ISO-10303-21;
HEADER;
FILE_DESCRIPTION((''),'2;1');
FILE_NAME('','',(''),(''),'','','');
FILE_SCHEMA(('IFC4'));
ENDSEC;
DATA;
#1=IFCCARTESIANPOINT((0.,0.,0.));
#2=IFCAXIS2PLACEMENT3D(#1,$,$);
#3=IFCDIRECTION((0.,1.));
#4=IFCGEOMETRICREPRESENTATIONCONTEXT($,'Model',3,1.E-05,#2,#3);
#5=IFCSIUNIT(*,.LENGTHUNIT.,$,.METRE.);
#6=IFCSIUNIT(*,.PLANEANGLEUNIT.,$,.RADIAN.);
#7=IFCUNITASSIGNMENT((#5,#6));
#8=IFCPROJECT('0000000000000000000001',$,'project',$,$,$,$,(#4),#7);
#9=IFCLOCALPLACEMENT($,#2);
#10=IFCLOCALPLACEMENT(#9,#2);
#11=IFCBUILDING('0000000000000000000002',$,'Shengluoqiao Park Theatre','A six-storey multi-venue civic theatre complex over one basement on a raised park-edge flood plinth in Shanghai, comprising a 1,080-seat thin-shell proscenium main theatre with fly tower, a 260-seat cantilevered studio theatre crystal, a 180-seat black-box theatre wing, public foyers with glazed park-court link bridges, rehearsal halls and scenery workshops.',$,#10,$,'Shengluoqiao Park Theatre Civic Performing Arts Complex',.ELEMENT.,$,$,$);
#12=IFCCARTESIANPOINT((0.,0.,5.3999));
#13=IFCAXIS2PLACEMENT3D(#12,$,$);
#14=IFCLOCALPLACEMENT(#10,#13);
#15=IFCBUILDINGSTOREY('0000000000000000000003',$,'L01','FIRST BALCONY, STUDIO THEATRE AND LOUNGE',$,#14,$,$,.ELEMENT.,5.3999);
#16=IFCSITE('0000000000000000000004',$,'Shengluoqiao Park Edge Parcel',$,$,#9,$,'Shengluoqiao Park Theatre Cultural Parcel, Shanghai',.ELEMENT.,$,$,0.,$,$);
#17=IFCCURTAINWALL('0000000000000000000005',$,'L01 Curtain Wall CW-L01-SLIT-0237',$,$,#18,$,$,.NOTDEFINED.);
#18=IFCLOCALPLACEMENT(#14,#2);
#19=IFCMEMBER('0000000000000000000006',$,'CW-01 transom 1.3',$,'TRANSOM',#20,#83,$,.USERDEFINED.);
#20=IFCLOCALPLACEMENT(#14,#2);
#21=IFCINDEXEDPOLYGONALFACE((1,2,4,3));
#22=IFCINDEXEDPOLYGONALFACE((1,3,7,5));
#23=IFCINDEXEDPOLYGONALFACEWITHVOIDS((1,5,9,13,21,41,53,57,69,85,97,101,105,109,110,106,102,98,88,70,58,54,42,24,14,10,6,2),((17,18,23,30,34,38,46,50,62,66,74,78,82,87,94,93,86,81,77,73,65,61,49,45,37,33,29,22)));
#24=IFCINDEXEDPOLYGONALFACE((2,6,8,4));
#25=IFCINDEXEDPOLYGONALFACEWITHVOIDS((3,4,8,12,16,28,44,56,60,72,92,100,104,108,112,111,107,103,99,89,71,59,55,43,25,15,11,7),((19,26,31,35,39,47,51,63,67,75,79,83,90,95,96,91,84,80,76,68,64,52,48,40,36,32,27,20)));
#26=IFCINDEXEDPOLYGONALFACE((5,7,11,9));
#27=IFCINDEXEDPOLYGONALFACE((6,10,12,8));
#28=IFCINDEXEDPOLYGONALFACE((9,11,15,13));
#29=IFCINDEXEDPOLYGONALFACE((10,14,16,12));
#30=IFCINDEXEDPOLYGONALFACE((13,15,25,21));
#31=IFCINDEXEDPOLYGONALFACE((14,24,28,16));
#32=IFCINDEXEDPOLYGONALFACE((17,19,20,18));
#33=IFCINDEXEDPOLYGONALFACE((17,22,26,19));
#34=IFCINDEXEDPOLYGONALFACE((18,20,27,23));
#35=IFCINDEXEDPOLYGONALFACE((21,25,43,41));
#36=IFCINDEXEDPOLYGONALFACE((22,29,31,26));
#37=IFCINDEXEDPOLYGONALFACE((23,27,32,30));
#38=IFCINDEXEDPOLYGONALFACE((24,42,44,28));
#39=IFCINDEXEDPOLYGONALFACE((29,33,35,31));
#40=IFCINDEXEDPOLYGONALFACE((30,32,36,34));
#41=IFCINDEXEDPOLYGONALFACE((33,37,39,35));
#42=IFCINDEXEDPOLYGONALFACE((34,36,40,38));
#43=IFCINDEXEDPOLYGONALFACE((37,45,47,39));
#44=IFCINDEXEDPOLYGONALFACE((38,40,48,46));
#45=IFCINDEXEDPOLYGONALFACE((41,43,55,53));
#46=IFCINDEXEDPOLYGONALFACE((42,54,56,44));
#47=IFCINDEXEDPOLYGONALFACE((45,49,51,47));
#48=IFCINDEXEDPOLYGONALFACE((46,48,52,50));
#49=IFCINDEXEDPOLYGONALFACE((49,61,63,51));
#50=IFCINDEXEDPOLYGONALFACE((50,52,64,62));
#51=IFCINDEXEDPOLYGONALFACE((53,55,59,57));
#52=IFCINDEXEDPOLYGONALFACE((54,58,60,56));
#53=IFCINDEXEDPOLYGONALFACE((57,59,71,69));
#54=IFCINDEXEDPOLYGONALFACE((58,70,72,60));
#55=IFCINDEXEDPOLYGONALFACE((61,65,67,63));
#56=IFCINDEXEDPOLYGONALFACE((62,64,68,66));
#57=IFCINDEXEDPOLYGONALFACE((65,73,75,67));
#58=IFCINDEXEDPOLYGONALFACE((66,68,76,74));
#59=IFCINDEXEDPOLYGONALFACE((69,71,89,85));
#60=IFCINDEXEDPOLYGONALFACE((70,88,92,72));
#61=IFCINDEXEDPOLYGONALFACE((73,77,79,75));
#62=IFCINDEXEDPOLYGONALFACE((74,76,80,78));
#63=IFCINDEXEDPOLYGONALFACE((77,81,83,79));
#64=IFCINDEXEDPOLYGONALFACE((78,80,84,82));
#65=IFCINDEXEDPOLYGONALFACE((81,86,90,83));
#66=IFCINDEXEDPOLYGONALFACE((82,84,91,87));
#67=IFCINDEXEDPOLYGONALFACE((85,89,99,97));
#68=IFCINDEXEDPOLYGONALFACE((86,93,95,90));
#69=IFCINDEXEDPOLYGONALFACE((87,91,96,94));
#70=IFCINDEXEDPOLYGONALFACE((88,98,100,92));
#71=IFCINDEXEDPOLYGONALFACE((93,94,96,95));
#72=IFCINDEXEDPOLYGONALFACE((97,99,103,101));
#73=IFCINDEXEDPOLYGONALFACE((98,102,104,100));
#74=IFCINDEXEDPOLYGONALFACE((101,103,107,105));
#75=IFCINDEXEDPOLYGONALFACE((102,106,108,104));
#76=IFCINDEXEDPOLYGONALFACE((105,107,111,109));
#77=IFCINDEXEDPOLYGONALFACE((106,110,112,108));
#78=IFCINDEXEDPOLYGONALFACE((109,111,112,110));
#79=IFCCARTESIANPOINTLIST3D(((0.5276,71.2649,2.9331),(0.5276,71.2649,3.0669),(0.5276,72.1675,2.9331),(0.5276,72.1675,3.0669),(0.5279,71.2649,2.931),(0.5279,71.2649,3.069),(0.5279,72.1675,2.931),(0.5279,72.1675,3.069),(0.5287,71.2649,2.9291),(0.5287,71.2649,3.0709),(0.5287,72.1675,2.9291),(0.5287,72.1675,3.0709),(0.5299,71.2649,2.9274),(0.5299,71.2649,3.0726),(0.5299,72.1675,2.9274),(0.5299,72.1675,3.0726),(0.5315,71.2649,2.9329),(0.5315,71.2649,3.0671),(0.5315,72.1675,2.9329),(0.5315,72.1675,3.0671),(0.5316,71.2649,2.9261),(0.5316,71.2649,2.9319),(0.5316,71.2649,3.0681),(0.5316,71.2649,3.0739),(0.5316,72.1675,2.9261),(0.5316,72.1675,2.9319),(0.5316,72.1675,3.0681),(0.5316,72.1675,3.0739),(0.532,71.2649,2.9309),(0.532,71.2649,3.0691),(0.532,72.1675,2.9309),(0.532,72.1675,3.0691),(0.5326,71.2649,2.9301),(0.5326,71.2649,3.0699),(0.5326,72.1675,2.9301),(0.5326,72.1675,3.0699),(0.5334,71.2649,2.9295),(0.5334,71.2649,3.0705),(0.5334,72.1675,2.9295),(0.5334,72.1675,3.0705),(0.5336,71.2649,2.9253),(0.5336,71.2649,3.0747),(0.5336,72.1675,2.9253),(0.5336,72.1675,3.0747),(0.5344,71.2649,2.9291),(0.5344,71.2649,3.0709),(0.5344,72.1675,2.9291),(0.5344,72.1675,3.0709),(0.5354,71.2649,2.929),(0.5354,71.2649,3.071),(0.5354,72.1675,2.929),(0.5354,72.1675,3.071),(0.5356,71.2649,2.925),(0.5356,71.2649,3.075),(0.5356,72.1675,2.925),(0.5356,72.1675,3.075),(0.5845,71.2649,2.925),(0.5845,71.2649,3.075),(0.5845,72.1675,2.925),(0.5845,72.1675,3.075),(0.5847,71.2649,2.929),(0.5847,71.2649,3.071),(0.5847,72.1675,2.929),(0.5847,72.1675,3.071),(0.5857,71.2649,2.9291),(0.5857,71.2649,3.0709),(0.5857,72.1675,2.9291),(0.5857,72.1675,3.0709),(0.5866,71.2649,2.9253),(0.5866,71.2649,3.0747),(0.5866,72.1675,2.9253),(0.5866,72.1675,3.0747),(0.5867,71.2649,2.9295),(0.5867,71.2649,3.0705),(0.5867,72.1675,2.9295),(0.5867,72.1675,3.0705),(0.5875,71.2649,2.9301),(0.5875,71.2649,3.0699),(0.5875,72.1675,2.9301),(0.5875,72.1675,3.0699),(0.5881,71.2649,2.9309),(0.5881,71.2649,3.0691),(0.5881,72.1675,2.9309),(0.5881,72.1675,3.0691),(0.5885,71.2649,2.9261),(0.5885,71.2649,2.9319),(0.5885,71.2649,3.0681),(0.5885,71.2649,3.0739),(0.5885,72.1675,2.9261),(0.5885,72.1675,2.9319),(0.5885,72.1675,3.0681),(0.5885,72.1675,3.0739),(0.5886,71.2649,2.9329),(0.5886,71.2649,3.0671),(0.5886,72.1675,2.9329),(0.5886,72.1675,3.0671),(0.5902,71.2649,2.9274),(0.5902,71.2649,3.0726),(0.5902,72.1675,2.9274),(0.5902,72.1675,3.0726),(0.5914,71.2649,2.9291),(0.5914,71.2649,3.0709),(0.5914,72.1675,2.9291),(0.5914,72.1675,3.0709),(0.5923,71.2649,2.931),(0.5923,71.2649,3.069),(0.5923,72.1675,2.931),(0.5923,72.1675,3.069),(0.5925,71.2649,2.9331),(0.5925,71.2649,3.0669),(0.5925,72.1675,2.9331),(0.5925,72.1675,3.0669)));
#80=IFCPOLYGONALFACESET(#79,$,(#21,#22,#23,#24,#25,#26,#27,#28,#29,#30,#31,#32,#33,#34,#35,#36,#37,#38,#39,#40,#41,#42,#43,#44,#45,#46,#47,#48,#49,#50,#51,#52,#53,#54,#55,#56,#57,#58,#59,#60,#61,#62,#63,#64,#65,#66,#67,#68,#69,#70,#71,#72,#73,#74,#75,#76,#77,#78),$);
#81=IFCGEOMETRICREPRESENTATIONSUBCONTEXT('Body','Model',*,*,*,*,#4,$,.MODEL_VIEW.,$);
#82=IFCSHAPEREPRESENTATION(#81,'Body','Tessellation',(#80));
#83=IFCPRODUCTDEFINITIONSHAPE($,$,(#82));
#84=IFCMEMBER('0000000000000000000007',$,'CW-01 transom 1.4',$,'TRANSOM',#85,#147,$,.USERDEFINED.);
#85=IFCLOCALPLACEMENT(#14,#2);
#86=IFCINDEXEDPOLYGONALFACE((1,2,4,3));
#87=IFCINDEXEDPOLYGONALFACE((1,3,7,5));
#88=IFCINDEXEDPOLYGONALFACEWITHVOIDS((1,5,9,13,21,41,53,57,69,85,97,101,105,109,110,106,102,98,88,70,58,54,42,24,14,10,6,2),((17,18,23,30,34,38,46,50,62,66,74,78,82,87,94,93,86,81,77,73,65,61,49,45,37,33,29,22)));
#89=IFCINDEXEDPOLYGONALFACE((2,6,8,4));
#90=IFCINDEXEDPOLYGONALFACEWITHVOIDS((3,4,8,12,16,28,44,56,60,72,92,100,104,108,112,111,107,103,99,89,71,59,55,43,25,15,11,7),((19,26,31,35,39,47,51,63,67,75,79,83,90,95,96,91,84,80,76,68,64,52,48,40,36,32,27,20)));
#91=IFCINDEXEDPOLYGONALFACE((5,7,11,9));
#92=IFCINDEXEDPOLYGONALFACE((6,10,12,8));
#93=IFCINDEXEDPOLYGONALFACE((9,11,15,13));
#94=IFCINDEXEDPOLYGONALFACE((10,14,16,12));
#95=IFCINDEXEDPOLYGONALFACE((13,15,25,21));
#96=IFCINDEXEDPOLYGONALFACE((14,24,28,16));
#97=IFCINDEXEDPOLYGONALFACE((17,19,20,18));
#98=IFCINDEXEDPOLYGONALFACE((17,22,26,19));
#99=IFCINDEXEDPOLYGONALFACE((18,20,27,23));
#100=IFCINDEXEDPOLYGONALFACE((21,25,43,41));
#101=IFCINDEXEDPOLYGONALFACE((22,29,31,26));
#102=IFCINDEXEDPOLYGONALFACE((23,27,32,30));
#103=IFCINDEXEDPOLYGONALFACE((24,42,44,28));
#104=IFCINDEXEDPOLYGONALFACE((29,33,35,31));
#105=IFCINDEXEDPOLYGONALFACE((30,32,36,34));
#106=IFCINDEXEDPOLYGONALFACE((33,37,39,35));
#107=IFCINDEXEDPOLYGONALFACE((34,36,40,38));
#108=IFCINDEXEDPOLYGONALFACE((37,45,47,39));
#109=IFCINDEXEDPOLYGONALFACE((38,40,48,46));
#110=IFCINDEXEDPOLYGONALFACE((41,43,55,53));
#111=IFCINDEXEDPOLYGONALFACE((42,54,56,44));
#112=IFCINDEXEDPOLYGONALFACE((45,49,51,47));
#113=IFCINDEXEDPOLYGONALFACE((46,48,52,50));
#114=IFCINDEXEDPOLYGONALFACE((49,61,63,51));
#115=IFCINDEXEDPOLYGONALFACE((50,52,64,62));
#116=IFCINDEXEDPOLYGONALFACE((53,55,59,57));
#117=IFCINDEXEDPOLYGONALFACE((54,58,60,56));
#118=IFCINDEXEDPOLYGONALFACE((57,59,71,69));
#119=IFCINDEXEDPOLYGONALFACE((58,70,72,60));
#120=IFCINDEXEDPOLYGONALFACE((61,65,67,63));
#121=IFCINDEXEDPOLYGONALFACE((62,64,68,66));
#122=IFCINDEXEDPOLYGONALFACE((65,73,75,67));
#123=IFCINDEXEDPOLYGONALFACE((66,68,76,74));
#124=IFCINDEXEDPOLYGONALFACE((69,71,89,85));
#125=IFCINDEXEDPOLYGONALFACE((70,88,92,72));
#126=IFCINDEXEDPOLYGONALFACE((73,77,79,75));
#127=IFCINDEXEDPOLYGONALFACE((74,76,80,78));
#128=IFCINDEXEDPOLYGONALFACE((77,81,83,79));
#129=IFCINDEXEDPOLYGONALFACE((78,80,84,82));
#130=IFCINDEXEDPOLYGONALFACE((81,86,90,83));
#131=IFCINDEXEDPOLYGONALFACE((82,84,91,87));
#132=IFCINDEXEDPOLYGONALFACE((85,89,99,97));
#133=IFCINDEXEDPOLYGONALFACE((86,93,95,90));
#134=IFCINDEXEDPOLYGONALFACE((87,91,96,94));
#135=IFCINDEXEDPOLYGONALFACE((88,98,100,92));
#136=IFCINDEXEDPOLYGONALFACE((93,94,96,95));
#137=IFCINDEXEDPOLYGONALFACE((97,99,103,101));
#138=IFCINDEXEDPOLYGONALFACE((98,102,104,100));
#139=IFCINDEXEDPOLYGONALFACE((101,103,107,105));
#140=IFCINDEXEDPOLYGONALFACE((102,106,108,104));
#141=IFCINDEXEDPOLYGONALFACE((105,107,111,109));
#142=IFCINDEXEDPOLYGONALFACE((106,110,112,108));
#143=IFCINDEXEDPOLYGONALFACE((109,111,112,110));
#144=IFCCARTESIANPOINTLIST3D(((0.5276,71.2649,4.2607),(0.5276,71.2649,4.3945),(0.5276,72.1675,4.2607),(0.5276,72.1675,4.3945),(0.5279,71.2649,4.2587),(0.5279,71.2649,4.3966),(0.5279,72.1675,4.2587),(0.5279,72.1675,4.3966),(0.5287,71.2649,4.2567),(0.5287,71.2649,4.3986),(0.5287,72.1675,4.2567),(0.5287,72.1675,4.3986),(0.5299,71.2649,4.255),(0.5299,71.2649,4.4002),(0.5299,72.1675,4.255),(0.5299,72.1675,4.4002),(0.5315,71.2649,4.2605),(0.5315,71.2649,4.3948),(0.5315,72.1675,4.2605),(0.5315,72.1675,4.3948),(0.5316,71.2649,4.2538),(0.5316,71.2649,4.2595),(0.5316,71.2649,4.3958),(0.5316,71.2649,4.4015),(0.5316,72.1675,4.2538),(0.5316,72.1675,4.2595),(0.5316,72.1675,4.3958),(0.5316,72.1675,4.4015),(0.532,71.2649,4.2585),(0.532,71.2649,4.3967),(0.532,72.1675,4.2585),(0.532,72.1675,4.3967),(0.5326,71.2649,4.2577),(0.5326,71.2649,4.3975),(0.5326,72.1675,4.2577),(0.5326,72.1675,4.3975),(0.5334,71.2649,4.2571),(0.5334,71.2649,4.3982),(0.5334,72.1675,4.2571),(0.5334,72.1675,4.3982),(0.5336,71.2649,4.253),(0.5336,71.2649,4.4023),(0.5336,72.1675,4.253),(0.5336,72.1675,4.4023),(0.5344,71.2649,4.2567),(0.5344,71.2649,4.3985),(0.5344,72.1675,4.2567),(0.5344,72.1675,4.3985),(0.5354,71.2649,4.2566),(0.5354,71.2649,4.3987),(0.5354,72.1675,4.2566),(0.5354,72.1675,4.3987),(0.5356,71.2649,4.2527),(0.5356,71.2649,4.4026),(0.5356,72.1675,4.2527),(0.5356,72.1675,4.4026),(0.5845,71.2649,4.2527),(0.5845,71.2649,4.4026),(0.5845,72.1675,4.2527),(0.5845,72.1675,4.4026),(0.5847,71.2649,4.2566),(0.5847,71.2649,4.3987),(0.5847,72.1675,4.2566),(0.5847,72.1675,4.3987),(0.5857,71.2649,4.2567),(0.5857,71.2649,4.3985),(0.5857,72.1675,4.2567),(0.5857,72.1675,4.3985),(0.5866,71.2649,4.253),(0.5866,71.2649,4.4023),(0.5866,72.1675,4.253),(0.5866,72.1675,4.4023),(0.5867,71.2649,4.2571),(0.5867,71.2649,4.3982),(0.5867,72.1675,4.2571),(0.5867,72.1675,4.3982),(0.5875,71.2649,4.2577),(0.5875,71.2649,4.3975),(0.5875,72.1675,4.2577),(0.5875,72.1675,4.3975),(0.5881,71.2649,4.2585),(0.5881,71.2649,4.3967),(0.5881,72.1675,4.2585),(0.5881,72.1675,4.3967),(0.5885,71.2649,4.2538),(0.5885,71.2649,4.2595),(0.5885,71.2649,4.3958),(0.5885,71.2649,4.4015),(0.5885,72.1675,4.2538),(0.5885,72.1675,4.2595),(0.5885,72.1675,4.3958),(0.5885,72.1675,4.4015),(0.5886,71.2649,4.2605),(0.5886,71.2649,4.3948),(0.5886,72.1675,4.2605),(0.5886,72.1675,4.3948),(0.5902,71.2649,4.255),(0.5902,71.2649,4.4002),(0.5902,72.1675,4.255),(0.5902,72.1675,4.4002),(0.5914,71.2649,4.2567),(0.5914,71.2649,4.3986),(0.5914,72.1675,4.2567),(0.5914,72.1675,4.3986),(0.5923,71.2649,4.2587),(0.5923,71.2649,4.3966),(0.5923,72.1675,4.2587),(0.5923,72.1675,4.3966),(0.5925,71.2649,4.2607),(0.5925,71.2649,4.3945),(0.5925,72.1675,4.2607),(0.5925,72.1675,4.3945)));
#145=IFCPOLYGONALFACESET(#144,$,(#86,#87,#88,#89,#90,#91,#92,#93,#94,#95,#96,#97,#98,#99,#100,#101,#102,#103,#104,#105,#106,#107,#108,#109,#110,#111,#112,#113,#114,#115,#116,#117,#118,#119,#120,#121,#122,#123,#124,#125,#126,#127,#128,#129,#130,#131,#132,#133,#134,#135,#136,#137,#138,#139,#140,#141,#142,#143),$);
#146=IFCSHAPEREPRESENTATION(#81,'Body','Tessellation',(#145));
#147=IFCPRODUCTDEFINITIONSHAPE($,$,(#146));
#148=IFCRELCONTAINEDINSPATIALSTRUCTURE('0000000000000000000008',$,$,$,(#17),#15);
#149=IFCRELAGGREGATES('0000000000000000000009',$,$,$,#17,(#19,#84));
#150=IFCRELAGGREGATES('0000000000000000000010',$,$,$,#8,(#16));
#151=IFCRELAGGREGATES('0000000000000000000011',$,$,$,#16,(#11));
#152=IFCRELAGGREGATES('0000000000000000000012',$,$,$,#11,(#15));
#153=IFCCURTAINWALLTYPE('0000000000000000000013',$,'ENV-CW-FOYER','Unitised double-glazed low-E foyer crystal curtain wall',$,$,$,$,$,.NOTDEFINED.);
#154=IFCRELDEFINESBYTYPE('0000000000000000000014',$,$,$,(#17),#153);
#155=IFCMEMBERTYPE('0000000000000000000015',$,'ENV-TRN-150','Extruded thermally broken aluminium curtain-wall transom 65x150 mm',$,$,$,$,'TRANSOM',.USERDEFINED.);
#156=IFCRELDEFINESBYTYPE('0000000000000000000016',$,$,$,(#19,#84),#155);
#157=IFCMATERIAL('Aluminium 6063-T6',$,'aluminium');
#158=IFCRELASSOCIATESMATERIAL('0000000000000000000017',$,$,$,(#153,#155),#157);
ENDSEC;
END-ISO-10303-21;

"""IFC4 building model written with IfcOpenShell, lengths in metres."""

from ifc_helpers import new_model, si_unit, direction, frame, origin, origin_2d, place, context, subcontext, project, spatial, hollow_rectangle, extrude, material, material_profile, profile_set, type_object, element, aggregate, save


model = new_model("IFC4")

# Units and contexts
model_context = context("Model", 3, precision=1e-05, world=origin(), true_north=direction((0.0, 1.0)))
body_context = subcontext(model_context, "Body", "Model", "MODEL_VIEW")
ifc_project = project(units=[si_unit("LENGTHUNIT", "METRE"), si_unit("PLANEANGLEUNIT", "RADIAN")], contexts=[model_context])

# Site, building, storey
site_placement = place(None, origin())
site = spatial("IfcSite", under=ifc_project, at=site_placement, Name="Shengluoqiao Park Edge Parcel", LongName="Shengluoqiao Park Theatre Cultural Parcel, Shanghai", CompositionType="ELEMENT", RefElevation=0.0)
building_placement = place(site_placement, origin())
building = spatial("IfcBuilding", under=site, at=building_placement, Name="Shengluoqiao Park Theatre", Description="A six-storey multi-venue civic theatre complex over one basement on a raised park-edge flood plinth in Shanghai, comprising a 1,080-seat thin-shell proscenium main theatre with fly tower, a 260-seat cantilevered studio theatre crystal, a 180-seat black-box theatre wing, public foyers with glazed park-court link bridges, rehearsal halls and scenery workshops.", LongName="Shengluoqiao Park Theatre Civic Performing Arts Complex", CompositionType="ELEMENT")
storey_placement = place(building_placement, frame((0.0, 0.0, 5.3999)))
storey = spatial("IfcBuildingStorey", under=building, at=storey_placement, Name="L01", Description="FIRST BALCONY, STUDIO THEATRE AND LOUNGE", CompositionType="ELEMENT", Elevation=5.3999)

# Curtain wall, members
ifc_material_1 = material(Name="Aluminium 6063-T6", Category="aluminium")
curtain_wall_type = type_object("IfcCurtainWallType", Name="ENV-CW-FOYER", Description="Unitised double-glazed low-E foyer crystal curtain wall", PredefinedType="NOTDEFINED", material=ifc_material_1)
curtain_wall_placement = place(storey_placement, origin())
curtain_wall = element("IfcCurtainWall", 1, at=curtain_wall_placement, inside=storey, type_object=curtain_wall_type, Name="L01 Curtain Wall CW-L01-SLIT-0237", PredefinedType="NOTDEFINED")
ifc_material_profile_1 = material_profile(ifc_material_1, hollow_rectangle(XDim=0.0649, YDim=0.1499, WallThickness=0.0039, InnerFilletRadius=0.0039, OuterFilletRadius=0.0081, at=origin_2d()), Name="ALU TRANSOM 150x65x4")
ifc_profile_set_1 = profile_set([ifc_material_profile_1], Name="Aluminium 6063-T6")
member_type_1 = type_object("IfcMemberType", Name="ENV-TRN-150", Description="Extruded thermally broken aluminium curtain-wall transom 65x150 mm", ElementType="TRANSOM", PredefinedType="USERDEFINED", material=ifc_profile_set_1)
member_1_placement = place(storey_placement, frame((0.5601, 71.2649, 3.0), z_axis=(0.0, 1.0, 0.0), x_axis=(-1.0, 0.0, 0.0)))
member_1 = element("IfcMember", 2, at=member_1_placement, type_object=member_type_1, Name="CW-01 transom 1.3", ObjectType="TRANSOM", PredefinedType="USERDEFINED", context=body_context, shape_type="SweptSolid", body=[
    extrude(hollow_rectangle(XDim=0.0649, YDim=0.1499, WallThickness=0.0039, InnerFilletRadius=0.0039, OuterFilletRadius=0.0081, at=origin_2d()), origin(), (0.0, 0.0, 1.0), 0.9026),
])
member_2_placement = place(storey_placement, frame((0.5601, 71.2649, 4.3276), z_axis=(0.0, 1.0, 0.0), x_axis=(-1.0, 0.0, 0.0)))
member_2 = element("IfcMember", 3, at=member_2_placement, type_object=member_type_1, Name="CW-01 transom 1.4", ObjectType="TRANSOM", PredefinedType="USERDEFINED", context=body_context, shape_type="SweptSolid", body=[
    extrude(hollow_rectangle(XDim=0.0649, YDim=0.1499, WallThickness=0.0039, InnerFilletRadius=0.0039, OuterFilletRadius=0.0081, at=origin_2d()), origin(), (0.0, 0.0, 1.0), 0.9026),
])

aggregate(curtain_wall, [member_1, member_2])

save(model, "model.ifc")
